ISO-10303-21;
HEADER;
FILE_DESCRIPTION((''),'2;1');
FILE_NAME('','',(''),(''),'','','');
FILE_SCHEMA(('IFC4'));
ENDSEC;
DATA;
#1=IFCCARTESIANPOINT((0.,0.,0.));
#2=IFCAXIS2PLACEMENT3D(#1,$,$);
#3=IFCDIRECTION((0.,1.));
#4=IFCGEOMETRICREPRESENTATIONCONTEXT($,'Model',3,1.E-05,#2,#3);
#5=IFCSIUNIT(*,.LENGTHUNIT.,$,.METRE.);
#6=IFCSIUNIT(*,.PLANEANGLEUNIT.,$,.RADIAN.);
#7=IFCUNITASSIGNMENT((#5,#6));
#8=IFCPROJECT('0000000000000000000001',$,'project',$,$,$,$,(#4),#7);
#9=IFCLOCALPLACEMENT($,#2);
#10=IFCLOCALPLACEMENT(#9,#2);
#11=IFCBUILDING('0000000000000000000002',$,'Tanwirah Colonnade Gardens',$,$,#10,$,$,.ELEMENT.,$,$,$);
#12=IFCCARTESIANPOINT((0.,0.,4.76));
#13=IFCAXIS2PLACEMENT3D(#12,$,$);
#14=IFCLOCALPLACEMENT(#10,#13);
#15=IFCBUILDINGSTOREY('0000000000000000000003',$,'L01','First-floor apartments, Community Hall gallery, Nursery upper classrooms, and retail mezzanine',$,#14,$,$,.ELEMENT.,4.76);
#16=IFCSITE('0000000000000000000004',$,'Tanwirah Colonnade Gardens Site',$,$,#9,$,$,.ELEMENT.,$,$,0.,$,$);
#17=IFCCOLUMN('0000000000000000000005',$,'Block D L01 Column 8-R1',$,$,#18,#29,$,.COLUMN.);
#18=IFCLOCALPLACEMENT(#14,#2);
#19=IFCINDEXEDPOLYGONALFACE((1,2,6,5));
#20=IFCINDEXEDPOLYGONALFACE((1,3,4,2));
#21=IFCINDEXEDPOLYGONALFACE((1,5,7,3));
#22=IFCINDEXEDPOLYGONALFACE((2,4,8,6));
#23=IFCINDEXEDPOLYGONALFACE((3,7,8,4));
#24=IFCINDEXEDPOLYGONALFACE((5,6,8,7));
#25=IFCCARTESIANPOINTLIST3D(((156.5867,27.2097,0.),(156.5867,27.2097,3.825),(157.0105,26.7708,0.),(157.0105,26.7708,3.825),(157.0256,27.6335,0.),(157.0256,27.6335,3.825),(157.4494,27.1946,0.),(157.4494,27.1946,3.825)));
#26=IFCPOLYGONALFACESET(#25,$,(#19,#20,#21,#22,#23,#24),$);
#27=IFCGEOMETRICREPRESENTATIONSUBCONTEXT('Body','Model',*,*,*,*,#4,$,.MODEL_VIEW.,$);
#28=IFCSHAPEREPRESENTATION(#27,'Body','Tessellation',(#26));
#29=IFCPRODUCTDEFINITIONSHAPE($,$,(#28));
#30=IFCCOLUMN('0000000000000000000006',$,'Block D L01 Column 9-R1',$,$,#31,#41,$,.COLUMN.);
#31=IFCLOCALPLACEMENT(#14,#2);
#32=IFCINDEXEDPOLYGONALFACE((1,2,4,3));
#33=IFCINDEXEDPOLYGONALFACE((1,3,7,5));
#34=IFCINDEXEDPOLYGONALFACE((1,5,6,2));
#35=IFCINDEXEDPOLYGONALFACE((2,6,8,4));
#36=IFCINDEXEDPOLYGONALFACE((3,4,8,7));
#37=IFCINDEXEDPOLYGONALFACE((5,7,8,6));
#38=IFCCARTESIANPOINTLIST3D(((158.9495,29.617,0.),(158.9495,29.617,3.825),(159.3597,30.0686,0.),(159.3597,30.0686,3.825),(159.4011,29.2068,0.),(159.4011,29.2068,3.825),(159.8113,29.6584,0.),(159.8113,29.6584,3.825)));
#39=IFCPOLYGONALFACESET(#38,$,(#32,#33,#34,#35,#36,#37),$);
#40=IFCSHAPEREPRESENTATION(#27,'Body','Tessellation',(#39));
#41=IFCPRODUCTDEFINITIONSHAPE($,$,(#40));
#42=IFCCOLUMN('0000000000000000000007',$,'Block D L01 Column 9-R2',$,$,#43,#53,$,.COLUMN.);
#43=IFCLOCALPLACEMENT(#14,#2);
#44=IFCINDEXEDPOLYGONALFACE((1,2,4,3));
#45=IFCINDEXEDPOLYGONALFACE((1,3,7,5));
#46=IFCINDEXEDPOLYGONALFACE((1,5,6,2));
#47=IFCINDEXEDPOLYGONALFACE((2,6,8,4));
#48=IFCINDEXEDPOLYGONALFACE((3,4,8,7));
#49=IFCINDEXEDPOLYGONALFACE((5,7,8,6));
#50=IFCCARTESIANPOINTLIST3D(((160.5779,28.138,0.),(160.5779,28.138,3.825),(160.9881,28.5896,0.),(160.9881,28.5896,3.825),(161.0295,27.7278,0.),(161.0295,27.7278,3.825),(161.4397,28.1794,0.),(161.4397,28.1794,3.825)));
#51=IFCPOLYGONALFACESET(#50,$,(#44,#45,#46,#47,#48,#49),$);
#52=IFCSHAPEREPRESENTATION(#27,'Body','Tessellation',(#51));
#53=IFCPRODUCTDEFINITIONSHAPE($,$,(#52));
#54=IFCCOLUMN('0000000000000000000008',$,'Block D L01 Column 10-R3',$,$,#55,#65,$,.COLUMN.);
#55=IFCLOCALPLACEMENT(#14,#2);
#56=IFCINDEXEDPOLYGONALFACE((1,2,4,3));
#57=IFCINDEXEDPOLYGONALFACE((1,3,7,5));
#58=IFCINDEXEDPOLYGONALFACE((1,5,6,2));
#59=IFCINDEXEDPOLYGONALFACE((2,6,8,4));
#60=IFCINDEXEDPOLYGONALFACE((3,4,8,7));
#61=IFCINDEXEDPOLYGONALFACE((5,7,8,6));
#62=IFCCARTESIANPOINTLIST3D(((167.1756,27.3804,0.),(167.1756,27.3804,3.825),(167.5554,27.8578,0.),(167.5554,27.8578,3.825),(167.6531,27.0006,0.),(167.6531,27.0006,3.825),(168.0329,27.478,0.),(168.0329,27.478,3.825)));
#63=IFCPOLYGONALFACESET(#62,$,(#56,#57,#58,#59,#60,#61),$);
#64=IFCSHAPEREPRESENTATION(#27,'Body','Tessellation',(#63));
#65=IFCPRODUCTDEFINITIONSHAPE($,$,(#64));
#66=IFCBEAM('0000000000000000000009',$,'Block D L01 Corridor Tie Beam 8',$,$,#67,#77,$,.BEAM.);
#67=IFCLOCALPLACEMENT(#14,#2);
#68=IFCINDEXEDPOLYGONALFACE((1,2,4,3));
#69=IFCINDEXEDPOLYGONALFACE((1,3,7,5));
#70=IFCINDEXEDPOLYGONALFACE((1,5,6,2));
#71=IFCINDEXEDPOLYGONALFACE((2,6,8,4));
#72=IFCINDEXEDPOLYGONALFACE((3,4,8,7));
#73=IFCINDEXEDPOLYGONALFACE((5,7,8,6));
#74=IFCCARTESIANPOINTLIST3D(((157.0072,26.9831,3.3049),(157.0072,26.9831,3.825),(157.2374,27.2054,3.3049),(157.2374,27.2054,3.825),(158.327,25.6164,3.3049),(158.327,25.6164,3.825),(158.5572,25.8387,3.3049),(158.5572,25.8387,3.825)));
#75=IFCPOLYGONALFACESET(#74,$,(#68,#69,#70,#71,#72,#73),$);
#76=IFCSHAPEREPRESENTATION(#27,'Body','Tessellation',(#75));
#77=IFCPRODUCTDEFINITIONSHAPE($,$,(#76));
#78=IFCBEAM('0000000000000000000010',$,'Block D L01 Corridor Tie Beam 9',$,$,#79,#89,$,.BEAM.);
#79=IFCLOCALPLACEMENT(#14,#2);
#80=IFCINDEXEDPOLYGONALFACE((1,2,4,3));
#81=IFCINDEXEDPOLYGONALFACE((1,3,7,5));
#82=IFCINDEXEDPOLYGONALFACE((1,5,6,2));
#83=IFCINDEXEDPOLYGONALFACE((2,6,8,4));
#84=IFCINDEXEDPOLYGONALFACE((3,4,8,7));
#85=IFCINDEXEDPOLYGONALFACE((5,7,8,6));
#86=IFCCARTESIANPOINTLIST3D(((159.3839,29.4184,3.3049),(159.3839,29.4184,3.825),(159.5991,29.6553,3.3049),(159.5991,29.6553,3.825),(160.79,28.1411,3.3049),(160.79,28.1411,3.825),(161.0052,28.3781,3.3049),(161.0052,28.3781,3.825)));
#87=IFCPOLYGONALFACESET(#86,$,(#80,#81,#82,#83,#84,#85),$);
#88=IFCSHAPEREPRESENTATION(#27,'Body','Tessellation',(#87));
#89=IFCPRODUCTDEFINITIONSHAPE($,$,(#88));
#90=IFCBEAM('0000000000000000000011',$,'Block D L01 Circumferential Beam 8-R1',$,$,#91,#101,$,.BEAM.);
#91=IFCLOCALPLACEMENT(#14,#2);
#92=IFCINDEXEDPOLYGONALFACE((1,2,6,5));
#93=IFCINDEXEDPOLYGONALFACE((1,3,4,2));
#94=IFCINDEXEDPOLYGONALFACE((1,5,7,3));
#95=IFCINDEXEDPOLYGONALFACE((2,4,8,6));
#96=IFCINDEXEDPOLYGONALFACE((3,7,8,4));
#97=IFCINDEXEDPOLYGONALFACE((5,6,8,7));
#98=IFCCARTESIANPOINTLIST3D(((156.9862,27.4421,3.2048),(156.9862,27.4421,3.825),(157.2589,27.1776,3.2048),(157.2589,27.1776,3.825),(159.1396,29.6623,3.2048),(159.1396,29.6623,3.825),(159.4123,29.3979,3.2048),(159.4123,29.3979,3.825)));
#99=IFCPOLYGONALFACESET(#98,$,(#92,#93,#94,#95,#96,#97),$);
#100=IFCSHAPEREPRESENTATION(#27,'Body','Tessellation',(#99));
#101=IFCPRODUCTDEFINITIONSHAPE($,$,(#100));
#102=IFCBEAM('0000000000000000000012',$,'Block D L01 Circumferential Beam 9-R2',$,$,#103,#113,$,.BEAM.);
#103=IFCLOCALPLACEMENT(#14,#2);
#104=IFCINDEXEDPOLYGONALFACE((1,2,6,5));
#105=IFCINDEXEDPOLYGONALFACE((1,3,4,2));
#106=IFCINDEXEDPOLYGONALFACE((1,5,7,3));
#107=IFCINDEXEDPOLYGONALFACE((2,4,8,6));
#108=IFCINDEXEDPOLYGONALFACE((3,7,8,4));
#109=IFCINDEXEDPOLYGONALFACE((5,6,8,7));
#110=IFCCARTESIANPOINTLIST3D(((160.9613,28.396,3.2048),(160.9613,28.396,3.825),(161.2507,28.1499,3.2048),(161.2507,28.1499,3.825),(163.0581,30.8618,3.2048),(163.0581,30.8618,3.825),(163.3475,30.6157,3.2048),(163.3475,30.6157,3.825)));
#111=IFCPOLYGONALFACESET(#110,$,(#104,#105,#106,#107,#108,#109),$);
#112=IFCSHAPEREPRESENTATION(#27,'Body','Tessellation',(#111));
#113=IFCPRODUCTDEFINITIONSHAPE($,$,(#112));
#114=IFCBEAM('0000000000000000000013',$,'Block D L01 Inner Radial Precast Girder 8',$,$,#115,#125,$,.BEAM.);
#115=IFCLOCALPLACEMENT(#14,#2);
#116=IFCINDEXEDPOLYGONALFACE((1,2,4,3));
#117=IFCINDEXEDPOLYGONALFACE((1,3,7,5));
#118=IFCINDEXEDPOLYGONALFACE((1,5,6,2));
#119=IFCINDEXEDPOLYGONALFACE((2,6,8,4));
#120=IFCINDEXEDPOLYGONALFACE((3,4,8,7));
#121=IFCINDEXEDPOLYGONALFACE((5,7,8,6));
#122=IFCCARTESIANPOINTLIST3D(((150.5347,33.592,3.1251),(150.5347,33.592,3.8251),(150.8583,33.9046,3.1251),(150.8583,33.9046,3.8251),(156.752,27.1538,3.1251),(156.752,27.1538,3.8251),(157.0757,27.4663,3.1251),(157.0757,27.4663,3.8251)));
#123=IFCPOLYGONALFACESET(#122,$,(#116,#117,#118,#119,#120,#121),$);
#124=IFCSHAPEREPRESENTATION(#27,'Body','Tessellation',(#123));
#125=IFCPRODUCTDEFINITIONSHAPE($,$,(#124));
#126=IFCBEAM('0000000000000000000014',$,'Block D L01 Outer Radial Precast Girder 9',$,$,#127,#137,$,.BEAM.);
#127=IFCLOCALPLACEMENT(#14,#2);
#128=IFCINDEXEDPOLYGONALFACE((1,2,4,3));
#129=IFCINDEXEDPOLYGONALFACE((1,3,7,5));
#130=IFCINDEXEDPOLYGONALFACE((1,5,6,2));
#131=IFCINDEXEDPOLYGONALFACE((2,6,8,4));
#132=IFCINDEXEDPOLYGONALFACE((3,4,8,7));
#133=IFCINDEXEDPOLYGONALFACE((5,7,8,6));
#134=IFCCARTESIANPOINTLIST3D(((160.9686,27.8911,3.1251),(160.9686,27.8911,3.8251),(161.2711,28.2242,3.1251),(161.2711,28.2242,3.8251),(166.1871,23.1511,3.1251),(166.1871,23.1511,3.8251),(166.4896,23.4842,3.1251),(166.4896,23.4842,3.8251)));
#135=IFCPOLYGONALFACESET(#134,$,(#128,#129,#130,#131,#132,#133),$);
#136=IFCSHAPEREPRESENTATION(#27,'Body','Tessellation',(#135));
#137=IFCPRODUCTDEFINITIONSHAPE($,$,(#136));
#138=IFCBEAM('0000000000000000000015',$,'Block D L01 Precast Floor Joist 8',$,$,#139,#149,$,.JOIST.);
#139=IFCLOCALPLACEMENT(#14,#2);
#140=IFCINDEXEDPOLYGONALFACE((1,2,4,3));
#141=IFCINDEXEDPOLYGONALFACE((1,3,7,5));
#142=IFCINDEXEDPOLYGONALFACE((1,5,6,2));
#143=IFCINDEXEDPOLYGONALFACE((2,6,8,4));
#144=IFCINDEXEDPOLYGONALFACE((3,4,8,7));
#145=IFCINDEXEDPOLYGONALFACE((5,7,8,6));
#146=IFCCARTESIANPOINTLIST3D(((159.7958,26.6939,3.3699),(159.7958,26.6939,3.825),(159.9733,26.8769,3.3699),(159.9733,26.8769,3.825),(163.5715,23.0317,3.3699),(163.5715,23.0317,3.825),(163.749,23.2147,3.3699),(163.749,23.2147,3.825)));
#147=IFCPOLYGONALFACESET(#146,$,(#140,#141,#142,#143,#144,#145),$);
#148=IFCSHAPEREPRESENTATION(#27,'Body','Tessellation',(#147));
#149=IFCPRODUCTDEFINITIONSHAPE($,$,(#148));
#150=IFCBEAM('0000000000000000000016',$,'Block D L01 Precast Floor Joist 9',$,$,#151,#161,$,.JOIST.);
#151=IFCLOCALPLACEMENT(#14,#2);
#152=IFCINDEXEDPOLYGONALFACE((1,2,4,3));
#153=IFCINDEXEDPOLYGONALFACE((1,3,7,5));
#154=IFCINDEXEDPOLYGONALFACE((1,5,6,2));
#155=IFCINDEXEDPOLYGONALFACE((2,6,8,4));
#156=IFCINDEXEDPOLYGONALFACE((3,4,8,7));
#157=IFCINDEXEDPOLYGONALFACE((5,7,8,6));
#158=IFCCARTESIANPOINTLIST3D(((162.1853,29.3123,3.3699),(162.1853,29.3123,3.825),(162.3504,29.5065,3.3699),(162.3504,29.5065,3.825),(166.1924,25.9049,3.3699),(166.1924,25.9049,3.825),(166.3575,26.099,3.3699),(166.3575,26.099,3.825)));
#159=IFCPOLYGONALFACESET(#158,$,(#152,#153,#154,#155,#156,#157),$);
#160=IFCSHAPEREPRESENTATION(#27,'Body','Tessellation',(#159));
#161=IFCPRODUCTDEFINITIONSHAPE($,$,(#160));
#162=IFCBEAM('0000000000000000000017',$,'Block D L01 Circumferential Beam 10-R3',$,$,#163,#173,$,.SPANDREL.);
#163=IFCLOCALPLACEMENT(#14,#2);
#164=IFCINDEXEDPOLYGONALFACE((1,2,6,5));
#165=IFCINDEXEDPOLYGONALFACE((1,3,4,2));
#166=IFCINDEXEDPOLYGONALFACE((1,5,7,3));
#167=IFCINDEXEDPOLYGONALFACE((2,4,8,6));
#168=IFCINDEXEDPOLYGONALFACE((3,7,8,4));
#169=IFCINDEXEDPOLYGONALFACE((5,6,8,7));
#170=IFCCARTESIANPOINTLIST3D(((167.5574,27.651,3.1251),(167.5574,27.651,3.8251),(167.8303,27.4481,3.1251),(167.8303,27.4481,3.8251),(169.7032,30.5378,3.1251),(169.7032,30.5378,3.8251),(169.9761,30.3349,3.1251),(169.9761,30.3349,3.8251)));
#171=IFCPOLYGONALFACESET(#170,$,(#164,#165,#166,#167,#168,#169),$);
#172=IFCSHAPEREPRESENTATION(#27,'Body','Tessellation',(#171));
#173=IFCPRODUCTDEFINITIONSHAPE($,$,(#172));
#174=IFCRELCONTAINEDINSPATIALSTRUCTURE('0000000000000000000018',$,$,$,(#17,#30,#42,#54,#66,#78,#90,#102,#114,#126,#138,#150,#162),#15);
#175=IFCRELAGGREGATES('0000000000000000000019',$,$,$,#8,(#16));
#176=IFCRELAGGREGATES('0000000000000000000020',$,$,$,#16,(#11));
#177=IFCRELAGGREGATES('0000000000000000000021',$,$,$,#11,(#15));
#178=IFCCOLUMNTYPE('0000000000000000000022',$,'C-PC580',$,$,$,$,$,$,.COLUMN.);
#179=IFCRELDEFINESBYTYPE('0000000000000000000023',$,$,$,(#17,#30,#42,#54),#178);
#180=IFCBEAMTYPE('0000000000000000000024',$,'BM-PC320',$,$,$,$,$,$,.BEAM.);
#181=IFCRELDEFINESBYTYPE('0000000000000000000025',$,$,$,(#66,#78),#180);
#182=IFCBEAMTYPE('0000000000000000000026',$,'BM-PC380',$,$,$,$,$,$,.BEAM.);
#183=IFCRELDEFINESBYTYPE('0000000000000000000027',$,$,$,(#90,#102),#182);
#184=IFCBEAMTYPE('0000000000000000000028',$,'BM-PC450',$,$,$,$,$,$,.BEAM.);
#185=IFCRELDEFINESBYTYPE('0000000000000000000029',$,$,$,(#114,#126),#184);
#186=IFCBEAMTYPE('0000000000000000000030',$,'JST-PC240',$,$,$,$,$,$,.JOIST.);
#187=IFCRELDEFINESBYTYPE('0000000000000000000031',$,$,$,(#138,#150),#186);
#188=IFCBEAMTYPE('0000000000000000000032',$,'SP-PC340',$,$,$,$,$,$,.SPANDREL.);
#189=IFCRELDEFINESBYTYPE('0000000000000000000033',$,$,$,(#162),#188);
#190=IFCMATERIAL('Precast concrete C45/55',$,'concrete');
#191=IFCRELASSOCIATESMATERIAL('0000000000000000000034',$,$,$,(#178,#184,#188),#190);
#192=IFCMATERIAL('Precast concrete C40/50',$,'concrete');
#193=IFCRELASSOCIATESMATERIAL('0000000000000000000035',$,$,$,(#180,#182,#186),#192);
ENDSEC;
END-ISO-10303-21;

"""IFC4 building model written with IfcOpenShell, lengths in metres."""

from ifc_helpers import new_model, si_unit, direction, frame, origin, origin_2d, place, context, subcontext, project, spatial, rectangle, extrude, material, material_profile, profile_set, type_object, element, save


model = new_model("IFC4")

# Units and contexts
model_context = context("Model", 3, precision=1e-05, world=origin(), true_north=direction((0.0, 1.0)))
body_context = subcontext(model_context, "Body", "Model", "MODEL_VIEW")
ifc_project = project(units=[si_unit("LENGTHUNIT", "METRE"), si_unit("PLANEANGLEUNIT", "RADIAN")], contexts=[model_context])

# Site, building, storey
site_placement = place(None, origin())
site = spatial("IfcSite", under=ifc_project, at=site_placement, Name="Tanwirah Colonnade Gardens Site", CompositionType="ELEMENT", RefElevation=0.0)
building_placement = place(site_placement, origin())
building = spatial("IfcBuilding", under=site, at=building_placement, Name="Tanwirah Colonnade Gardens", CompositionType="ELEMENT")
storey_placement = place(building_placement, frame((0.0, 0.0, 4.76)))
storey = spatial("IfcBuildingStorey", under=building, at=storey_placement, Name="L01", Description="First-floor apartments, Community Hall gallery, Nursery upper classrooms, and retail mezzanine", CompositionType="ELEMENT", Elevation=4.76)

# Columns
ifc_material_1 = material(Name="Precast concrete C45/55", Category="concrete")
ifc_material_profile_1 = material_profile(ifc_material_1, rectangle(XDim=0.6101, YDim=0.6101, at=origin_2d()), Name="PC-COL 610x610")
ifc_profile_set_1 = profile_set([ifc_material_profile_1], Name="Precast concrete C45/55")
column_type = type_object("IfcColumnType", Name="C-PC580", PredefinedType="COLUMN", material=ifc_profile_set_1)
for number, where, z_axis, x_axis, name in (
    (1, (157.0181, 27.2021, 0.0), (0.0, 0.0, 1.0), (0.694658, -0.71934, 0.0), "Block D L01 Column 8-R1"),
    (2, (159.3804, 29.6377, 0.0), (0.0, 0.0, 1.0), (0.740218, -0.672367, 0.0), "Block D L01 Column 9-R1"),
    (3, (161.0088, 28.1587, 0.0), (0.0, 0.0, 1.0), (0.740218, -0.672367, 0.0), "Block D L01 Column 9-R2"),
    (4, (167.6042, 27.4292, 0.0), (0.0, 0.0, 1.0), (0.782608, -0.622515, 0.0), "Block D L01 Column 10-R3"),
):
    element("IfcColumn", number, at=place(storey_placement, frame(where, z_axis=z_axis, x_axis=x_axis)), inside=storey, type_object=column_type, Name=name, PredefinedType="COLUMN", context=body_context, shape_type="SweptSolid", body=[
        extrude(rectangle(XDim=0.6101, YDim=0.6101, at=origin_2d()), origin(), (0.0, 0.0, 1.0), 3.825),
    ])

# Beams
ifc_material_2 = material(Name="Precast concrete C40/50", Category="concrete")
ifc_material_profile_2 = material_profile(ifc_material_2, rectangle(XDim=0.3201, YDim=0.52, at=origin_2d()), Name="PC-BM 320x520")
ifc_profile_set_2 = profile_set([ifc_material_profile_2], Name="Precast concrete C40/50")
beam_type_1 = type_object("IfcBeamType", Name="BM-PC320", PredefinedType="BEAM", material=ifc_profile_set_2)
beam_1_placement = place(storey_placement, frame((157.1223, 27.0942, 3.5649), z_axis=(0.694663, -0.719335, 0.0), x_axis=(0.719335, 0.694663, 0.0)))
element("IfcBeam", 5, at=beam_1_placement, inside=storey, type_object=beam_type_1, Name="Block D L01 Corridor Tie Beam 8", PredefinedType="BEAM", context=body_context, shape_type="SweptSolid", body=[
    extrude(rectangle(XDim=0.3201, YDim=0.52, at=origin_2d()), origin(), (0.0, 0.0, 1.0), 1.8999),
])
beam_2_placement = place(storey_placement, frame((159.4915, 29.5369, 3.5649), z_axis=(0.740219, -0.672366, 0.0), x_axis=(0.672366, 0.740219, 0.0)))
element("IfcBeam", 6, at=beam_2_placement, inside=storey, type_object=beam_type_1, Name="Block D L01 Corridor Tie Beam 9", PredefinedType="BEAM", context=body_context, shape_type="SweptSolid", body=[
    extrude(rectangle(XDim=0.3201, YDim=0.52, at=origin_2d()), origin(), (0.0, 0.0, 1.0), 1.8997),
])
ifc_material_profile_3 = material_profile(ifc_material_2, rectangle(XDim=0.3799, YDim=0.6201, at=origin_2d()), Name="PC-BM 380x620")
ifc_profile_set_3 = profile_set([ifc_material_profile_3], Name="Precast concrete C40/50")
beam_type_2 = type_object("IfcBeamType", Name="BM-PC380", PredefinedType="BEAM", material=ifc_profile_set_3)
beam_3_placement = place(storey_placement, frame((157.1226, 27.3098, 3.5149), z_axis=(0.69621, 0.717838, 0.0), x_axis=(-0.717838, 0.69621, 0.0)))
element("IfcBeam", 7, at=beam_3_placement, inside=storey, type_object=beam_type_2, Name="Block D L01 Circumferential Beam 8-R1", PredefinedType="BEAM", context=body_context, shape_type="SweptSolid", body=[
    extrude(rectangle(XDim=0.3799, YDim=0.6201, at=origin_2d()), origin(), (0.0, 0.0, 1.0), 3.093),
])
beam_4_placement = place(storey_placement, frame((161.106, 28.2729, 3.5149), z_axis=(0.647824, 0.76179, 0.0), x_axis=(-0.76179, 0.647824, 0.0)))
element("IfcBeam", 8, at=beam_4_placement, inside=storey, type_object=beam_type_2, Name="Block D L01 Circumferential Beam 9-R2", PredefinedType="BEAM", context=body_context, shape_type="SweptSolid", body=[
    extrude(rectangle(XDim=0.3799, YDim=0.6201, at=origin_2d()), origin(), (0.0, 0.0, 1.0), 3.2368),
])
ifc_material_profile_4 = material_profile(ifc_material_1, rectangle(XDim=0.45, YDim=0.7, at=origin_2d()), Name="PC-BM 450x700")
ifc_profile_set_4 = profile_set([ifc_material_profile_4], Name="Precast concrete C45/55")
beam_type_3 = type_object("IfcBeamType", Name="BM-PC450", PredefinedType="BEAM", material=ifc_profile_set_4)
beam_5_placement = place(storey_placement, frame((156.9138, 27.3101, 3.4751), z_axis=(-0.694656, 0.719342, 0.0), x_axis=(-0.719342, -0.694656, 0.0)))
element("IfcBeam", 9, at=beam_5_placement, inside=storey, type_object=beam_type_3, Name="Block D L01 Inner Radial Precast Girder 8", PredefinedType="BEAM", context=body_context, shape_type="SweptSolid", body=[
    extrude(rectangle(XDim=0.45, YDim=0.7, at=origin_2d()), origin(), (0.0, 0.0, 1.0), 8.9502),
])
beam_6_placement = place(storey_placement, frame((161.1199, 28.0576, 3.4751), z_axis=(0.74023, -0.672354, 0.0), x_axis=(0.672354, 0.74023, 0.0)))
element("IfcBeam", 10, at=beam_6_placement, inside=storey, type_object=beam_type_3, Name="Block D L01 Outer Radial Precast Girder 9", PredefinedType="BEAM", context=body_context, shape_type="SweptSolid", body=[
    extrude(rectangle(XDim=0.45, YDim=0.7, at=origin_2d()), origin(), (0.0, 0.0, 1.0), 7.0498),
])
ifc_material_profile_5 = material_profile(ifc_material_2, rectangle(XDim=0.2549, YDim=0.4551, at=origin_2d()), Name="PC-JST 255x455")
ifc_profile_set_5 = profile_set([ifc_material_profile_5], Name="Precast concrete C40/50")
beam_type_4 = type_object("IfcBeamType", Name="JST-PC240", PredefinedType="JOIST", material=ifc_profile_set_5)
for number, where, z_axis, x_axis, name in (
    (11, (159.8845, 26.7854, 3.5974), (0.717816, -0.696233, 0.0), (0.696233, 0.717816, 0.0), "Block D L01 Precast Floor Joist 8"),
    (12, (162.2678, 29.4094, 3.5974), (0.761803, -0.647809, 0.0), (0.647809, 0.761803, 0.0), "Block D L01 Precast Floor Joist 9"),
):
    element("IfcBeam", number, at=place(storey_placement, frame(where, z_axis=z_axis, x_axis=x_axis)), inside=storey, type_object=beam_type_4, Name=name, PredefinedType="JOIST", context=body_context, shape_type="SweptSolid", body=[
        extrude(rectangle(XDim=0.2549, YDim=0.4551, at=origin_2d()), origin(), (0.0, 0.0, 1.0), 5.26),
    ])
ifc_material_profile_6 = material_profile(ifc_material_1, rectangle(XDim=0.3401, YDim=0.7, at=origin_2d()), Name="PC-SP 340x700")
ifc_profile_set_6 = profile_set([ifc_material_profile_6], Name="Precast concrete C45/55")
beam_type_5 = type_object("IfcBeamType", Name="SP-PC340", PredefinedType="SPANDREL", material=ifc_profile_set_6)
beam_7_placement = place(storey_placement, frame((167.6938, 27.5496, 3.4751), z_axis=(0.596563, 0.802566, 0.0), x_axis=(-0.802566, 0.596563, 0.0)))
element("IfcBeam", 13, at=beam_7_placement, inside=storey, type_object=beam_type_5, Name="Block D L01 Circumferential Beam 10-R3", PredefinedType="SPANDREL", context=body_context, shape_type="SweptSolid", body=[
    extrude(rectangle(XDim=0.3401, YDim=0.7, at=origin_2d()), origin(), (0.0, 0.0, 1.0), 3.5969),
])

save(model, "model.ifc")
